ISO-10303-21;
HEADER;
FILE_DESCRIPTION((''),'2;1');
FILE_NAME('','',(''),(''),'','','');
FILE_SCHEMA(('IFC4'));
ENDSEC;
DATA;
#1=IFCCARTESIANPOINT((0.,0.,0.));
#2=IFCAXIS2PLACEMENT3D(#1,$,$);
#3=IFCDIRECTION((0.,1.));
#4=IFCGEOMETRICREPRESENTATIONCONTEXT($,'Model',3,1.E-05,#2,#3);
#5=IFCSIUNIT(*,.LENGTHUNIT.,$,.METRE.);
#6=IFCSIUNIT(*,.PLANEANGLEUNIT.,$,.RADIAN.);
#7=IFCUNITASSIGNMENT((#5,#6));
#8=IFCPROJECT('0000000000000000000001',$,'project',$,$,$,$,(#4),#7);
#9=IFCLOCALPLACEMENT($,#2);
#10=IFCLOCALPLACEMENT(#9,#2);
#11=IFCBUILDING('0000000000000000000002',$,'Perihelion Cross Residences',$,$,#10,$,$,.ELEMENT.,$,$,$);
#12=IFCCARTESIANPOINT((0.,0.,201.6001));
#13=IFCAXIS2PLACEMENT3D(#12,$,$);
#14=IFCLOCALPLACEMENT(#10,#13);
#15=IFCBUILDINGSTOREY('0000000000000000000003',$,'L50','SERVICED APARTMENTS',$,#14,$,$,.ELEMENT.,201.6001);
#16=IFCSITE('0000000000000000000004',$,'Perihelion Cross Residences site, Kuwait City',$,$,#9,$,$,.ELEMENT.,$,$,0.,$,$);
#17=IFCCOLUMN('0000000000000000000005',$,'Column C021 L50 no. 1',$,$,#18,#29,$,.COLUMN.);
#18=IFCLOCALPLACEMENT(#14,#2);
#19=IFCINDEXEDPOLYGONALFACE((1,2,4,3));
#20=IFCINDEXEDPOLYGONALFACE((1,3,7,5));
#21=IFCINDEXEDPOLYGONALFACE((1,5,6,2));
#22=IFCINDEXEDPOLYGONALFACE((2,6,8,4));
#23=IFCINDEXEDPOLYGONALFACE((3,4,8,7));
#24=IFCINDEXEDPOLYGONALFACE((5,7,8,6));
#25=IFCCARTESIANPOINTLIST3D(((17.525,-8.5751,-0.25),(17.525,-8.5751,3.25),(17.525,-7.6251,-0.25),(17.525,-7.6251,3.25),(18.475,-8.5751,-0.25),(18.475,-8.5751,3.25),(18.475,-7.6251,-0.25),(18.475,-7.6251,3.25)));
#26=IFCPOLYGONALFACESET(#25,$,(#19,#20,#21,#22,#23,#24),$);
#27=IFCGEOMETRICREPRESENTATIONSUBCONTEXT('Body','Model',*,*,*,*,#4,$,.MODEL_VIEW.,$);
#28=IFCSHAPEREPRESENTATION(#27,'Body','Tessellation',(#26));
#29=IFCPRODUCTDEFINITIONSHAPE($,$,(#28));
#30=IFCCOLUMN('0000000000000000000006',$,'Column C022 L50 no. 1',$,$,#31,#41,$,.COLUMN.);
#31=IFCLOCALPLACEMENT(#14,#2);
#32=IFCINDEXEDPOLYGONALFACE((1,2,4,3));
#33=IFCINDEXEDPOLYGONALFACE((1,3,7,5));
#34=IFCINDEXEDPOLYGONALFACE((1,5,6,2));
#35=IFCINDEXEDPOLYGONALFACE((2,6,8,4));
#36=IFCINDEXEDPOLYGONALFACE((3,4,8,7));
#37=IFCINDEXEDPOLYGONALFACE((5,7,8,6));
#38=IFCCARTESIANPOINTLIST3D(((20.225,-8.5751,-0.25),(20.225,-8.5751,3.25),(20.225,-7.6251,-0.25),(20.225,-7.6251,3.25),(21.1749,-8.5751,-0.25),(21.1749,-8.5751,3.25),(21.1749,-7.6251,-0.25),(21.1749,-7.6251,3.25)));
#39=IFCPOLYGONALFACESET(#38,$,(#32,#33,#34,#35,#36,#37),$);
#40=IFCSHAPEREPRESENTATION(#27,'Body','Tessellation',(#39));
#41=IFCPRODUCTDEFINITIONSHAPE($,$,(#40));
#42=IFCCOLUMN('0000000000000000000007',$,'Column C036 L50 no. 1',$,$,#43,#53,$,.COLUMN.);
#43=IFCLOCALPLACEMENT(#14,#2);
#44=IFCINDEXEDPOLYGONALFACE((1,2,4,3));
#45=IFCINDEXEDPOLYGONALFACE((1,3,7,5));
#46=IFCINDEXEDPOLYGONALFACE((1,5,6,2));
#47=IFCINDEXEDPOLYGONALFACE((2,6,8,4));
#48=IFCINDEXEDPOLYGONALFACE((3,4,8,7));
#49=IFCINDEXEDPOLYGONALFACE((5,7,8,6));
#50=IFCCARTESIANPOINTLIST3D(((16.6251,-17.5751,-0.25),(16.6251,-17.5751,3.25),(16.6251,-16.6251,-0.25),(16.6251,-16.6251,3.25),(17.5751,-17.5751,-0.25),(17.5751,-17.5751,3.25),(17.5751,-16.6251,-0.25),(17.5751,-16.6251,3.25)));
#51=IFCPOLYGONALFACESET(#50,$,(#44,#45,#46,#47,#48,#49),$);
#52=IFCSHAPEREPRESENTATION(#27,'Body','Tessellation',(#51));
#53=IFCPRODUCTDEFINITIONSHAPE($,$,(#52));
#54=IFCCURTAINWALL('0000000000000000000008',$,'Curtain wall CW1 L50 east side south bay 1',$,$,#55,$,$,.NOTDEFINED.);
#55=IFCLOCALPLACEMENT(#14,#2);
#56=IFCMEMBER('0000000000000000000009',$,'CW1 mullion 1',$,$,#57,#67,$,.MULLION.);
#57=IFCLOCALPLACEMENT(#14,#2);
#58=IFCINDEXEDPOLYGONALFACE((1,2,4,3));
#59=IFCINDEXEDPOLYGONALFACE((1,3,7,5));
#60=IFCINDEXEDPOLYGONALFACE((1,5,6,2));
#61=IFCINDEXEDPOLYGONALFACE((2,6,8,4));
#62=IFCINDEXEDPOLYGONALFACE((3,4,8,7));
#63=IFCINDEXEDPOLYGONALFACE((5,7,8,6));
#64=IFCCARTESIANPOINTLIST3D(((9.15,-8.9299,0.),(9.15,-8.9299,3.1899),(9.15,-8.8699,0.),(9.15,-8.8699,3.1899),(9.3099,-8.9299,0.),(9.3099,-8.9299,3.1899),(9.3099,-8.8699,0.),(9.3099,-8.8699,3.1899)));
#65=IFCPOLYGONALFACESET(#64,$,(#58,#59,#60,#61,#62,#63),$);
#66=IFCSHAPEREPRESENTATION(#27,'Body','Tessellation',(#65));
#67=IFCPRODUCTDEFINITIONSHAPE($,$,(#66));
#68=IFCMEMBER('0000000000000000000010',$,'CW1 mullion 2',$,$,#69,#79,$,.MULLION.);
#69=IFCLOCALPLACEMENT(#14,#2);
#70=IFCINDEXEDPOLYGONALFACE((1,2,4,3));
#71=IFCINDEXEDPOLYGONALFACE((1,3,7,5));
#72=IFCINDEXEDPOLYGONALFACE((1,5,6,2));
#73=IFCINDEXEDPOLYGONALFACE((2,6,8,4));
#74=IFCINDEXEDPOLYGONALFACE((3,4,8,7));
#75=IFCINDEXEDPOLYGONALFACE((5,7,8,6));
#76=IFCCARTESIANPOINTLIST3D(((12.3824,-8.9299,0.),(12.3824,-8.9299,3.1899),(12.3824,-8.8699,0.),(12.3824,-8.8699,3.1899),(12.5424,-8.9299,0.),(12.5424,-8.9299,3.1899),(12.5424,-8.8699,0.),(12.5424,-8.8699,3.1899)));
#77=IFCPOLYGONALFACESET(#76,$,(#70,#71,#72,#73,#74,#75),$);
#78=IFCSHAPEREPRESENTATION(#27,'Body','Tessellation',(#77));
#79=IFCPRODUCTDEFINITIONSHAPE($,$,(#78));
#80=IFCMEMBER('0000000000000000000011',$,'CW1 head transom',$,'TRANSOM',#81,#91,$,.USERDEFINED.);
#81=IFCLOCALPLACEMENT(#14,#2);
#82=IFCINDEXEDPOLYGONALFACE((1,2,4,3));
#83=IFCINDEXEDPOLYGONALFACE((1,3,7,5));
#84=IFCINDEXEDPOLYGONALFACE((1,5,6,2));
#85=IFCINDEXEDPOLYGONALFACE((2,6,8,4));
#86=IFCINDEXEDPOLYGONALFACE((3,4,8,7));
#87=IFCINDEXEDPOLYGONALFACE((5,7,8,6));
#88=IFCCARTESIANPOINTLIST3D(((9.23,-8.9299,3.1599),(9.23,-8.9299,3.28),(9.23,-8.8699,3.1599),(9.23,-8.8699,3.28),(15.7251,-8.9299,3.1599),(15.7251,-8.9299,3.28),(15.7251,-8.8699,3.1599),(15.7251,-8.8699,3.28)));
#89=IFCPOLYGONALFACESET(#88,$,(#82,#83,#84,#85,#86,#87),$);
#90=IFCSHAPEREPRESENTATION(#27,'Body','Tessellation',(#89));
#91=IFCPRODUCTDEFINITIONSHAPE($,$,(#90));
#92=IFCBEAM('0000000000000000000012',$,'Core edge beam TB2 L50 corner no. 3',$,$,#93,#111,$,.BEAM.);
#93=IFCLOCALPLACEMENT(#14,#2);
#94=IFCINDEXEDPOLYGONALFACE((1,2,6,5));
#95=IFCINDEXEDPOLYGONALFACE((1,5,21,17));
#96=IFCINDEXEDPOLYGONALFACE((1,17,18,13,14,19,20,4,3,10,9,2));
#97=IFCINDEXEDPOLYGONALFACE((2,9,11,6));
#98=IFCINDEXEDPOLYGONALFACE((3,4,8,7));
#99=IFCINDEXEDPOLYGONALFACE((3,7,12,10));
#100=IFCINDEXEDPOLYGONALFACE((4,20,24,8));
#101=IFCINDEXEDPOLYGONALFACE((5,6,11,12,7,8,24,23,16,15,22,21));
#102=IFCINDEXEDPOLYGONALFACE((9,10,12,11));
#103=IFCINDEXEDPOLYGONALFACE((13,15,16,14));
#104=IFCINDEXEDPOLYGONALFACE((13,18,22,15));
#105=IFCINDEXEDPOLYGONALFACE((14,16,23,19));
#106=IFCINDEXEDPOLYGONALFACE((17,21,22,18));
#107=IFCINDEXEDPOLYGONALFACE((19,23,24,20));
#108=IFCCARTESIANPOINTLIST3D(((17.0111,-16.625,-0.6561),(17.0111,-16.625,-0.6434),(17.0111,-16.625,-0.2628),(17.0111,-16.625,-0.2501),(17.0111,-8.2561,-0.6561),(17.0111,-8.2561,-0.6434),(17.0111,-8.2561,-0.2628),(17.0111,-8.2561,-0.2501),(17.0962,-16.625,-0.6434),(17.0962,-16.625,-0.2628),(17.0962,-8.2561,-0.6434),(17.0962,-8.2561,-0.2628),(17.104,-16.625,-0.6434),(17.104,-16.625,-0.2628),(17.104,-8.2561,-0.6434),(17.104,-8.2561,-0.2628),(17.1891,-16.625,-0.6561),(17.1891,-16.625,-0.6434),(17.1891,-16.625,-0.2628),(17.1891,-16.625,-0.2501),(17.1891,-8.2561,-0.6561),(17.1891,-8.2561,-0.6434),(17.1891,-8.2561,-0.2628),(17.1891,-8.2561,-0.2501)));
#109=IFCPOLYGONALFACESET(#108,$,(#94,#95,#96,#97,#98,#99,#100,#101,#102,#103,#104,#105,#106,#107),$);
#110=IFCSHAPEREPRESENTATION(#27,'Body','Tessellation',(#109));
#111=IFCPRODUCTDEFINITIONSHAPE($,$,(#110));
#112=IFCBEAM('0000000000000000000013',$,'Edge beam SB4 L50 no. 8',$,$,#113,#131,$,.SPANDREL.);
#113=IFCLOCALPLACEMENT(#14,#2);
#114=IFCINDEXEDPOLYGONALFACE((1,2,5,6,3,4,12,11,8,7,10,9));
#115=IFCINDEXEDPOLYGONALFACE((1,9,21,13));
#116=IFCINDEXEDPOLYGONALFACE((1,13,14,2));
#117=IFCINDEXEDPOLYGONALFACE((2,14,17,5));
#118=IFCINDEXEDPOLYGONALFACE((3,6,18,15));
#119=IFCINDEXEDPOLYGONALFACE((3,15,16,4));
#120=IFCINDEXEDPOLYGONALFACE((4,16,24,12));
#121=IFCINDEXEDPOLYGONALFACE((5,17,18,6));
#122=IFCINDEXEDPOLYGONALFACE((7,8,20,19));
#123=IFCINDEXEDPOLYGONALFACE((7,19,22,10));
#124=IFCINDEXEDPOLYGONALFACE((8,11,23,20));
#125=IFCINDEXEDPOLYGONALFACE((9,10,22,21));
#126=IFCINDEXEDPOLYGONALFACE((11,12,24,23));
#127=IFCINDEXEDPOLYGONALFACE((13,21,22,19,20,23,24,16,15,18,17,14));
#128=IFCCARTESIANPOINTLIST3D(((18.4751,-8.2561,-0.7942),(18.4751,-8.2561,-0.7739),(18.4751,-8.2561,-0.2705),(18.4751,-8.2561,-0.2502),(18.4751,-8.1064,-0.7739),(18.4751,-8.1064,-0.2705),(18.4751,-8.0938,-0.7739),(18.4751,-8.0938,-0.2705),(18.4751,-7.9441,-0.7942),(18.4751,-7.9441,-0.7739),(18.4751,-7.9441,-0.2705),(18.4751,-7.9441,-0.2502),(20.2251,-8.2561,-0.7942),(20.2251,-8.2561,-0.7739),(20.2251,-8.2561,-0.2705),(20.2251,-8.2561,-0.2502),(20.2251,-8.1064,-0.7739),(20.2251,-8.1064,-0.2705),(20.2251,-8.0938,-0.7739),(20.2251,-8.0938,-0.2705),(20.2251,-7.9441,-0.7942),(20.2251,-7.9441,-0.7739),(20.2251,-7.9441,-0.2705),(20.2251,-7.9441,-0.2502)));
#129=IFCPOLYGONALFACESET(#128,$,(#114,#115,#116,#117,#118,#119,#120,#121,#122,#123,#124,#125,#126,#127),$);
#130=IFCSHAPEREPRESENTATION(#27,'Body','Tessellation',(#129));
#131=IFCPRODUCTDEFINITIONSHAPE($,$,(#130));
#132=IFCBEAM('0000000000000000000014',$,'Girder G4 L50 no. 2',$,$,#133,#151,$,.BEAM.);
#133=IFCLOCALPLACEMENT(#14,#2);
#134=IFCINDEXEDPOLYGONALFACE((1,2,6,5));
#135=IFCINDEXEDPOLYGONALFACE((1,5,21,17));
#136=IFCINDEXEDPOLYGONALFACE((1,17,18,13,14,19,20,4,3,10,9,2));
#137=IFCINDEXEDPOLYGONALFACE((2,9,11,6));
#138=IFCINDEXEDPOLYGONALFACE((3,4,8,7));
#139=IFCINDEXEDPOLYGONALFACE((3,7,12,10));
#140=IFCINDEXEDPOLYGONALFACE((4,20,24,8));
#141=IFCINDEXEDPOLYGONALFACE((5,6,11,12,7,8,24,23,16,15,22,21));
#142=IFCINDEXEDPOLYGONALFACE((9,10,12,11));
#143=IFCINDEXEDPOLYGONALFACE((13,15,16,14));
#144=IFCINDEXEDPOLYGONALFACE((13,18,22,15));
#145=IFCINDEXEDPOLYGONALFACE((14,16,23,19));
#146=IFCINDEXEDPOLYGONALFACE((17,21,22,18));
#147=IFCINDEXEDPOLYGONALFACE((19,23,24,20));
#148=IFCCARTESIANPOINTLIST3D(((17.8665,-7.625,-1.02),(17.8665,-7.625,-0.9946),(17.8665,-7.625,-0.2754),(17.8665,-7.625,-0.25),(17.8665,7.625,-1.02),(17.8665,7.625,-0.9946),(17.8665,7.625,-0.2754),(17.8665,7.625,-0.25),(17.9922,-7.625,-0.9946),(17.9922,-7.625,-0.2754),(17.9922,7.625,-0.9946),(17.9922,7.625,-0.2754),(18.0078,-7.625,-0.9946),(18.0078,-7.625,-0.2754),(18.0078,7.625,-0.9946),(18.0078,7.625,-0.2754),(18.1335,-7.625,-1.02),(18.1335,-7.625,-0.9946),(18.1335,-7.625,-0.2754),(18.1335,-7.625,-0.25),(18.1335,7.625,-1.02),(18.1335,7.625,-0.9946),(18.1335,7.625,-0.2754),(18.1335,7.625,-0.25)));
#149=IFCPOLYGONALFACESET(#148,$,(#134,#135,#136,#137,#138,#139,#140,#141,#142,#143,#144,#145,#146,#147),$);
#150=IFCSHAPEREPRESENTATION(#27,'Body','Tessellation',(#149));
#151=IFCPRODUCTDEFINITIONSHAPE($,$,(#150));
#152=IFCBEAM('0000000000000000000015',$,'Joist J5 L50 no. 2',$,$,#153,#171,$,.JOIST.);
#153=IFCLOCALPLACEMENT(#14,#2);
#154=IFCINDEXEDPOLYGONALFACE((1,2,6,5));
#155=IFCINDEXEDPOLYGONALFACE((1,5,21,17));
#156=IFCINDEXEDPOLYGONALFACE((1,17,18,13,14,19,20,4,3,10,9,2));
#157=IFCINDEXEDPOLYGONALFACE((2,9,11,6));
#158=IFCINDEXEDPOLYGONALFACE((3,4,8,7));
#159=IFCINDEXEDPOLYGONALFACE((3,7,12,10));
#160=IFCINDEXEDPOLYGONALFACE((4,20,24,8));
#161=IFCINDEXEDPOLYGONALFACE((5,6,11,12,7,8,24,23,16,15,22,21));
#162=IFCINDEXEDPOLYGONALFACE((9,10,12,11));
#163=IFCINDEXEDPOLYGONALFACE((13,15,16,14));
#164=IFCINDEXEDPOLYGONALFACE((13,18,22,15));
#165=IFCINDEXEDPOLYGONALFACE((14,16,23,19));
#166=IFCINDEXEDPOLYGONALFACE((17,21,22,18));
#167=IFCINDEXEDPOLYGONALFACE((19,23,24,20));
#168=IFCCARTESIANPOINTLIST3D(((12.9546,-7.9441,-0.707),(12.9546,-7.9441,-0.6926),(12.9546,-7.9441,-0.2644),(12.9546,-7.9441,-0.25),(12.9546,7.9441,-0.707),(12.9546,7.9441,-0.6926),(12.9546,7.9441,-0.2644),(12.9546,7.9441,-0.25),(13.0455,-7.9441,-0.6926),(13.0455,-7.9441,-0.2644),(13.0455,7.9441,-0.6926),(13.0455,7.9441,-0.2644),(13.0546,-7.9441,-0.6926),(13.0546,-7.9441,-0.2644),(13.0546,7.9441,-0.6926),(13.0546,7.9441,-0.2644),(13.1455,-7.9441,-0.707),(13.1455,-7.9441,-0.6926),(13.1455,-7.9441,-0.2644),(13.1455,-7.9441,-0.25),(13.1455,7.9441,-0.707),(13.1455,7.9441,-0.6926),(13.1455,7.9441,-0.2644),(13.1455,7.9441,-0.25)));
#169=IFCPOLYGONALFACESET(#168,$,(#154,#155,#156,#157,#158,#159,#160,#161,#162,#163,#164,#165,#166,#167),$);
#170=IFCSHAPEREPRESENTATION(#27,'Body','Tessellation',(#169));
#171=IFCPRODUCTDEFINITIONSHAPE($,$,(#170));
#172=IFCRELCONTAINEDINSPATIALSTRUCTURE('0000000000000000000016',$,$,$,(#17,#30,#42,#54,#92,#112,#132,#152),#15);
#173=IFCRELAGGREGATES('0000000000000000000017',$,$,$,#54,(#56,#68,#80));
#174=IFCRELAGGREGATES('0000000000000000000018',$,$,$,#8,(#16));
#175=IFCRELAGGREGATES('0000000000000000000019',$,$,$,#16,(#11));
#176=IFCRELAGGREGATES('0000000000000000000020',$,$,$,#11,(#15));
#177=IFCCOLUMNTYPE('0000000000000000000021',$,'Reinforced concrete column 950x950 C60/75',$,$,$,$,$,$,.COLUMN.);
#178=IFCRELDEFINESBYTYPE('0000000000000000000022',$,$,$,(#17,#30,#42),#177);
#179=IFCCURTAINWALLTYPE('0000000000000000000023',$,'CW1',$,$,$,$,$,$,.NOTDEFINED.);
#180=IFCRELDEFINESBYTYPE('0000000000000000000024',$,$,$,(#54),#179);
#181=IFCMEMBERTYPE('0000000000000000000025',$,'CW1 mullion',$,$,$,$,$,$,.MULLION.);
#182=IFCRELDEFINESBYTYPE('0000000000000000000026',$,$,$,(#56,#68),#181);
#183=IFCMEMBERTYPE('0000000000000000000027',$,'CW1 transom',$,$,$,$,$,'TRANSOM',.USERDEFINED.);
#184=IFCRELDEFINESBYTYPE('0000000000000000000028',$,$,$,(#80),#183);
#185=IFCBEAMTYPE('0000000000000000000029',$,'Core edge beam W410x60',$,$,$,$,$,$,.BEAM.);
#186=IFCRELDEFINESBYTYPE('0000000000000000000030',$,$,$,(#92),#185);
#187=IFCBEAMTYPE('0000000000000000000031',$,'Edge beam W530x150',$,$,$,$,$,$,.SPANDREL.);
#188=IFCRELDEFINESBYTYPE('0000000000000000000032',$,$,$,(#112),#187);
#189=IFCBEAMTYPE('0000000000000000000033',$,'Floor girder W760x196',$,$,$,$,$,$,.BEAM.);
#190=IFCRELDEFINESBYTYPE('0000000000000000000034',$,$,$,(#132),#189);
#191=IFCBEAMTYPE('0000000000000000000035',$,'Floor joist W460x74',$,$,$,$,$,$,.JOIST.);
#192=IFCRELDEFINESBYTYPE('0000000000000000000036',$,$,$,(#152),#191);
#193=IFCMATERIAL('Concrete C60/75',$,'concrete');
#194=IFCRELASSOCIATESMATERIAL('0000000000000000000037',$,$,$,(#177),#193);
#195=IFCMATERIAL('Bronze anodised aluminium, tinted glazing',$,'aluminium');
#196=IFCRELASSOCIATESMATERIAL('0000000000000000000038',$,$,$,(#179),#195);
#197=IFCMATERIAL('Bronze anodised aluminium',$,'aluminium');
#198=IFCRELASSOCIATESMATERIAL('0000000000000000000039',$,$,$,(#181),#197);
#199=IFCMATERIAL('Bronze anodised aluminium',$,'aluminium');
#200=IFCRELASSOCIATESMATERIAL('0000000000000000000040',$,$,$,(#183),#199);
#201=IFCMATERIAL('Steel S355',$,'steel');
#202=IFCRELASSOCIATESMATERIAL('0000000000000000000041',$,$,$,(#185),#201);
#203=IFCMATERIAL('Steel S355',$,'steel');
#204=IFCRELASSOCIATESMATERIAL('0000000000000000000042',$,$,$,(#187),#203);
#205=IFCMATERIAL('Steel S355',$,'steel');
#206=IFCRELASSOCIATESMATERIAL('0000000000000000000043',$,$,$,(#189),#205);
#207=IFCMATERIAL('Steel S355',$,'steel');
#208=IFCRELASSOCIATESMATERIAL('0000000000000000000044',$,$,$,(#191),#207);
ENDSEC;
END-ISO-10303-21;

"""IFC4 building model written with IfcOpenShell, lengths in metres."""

from ifc_helpers import new_model, si_unit, direction, frame, origin, origin_2d, place, context, subcontext, project, spatial, rectangle, i_section, extrude, material, material_profile, profile_set, type_object, element, aggregate, save


model = new_model("IFC4")

# Units and contexts
model_context = context("Model", 3, precision=1e-05, world=origin(), true_north=direction((0.0, 1.0)))
body_context = subcontext(model_context, "Body", "Model", "MODEL_VIEW")
ifc_project = project(units=[si_unit("LENGTHUNIT", "METRE"), si_unit("PLANEANGLEUNIT", "RADIAN")], contexts=[model_context])

# Site, building, storey
site_placement = place(None, origin())
site = spatial("IfcSite", under=ifc_project, at=site_placement, Name="Perihelion Cross Residences site, Kuwait City", CompositionType="ELEMENT", RefElevation=0.0)
building_placement = place(site_placement, origin())
building = spatial("IfcBuilding", under=site, at=building_placement, Name="Perihelion Cross Residences", CompositionType="ELEMENT")
storey_placement = place(building_placement, frame((0.0, 0.0, 201.6001)))
storey = spatial("IfcBuildingStorey", under=building, at=storey_placement, Name="L50", Description="SERVICED APARTMENTS", CompositionType="ELEMENT", Elevation=201.6001)

# Columns
ifc_material_1 = material(Name="Concrete C60/75", Category="concrete")
ifc_material_profile_1 = material_profile(ifc_material_1, rectangle(XDim=0.95, YDim=0.95, at=origin_2d()), Name="RC 950x950")
ifc_profile_set_1 = profile_set([ifc_material_profile_1], Name="Concrete C60/75")
column_type = type_object("IfcColumnType", Name="Reinforced concrete column 950x950 C60/75", PredefinedType="COLUMN", material=ifc_profile_set_1)
for number, where, z_axis, x_axis, name in (
    (1, (18.0, -8.1001, -0.25), (0.0, 0.0, 1.0), (1.0, 0.0, 0.0), "Column C021 L50 no. 1"),
    (2, (20.7, -8.1001, -0.25), (0.0, 0.0, 1.0), (1.0, 0.0, 0.0), "Column C022 L50 no. 1"),
    (3, (17.1001, -17.1001, -0.25), (0.0, 0.0, 1.0), (1.0, 0.0, 0.0), "Column C036 L50 no. 1"),
):
    element("IfcColumn", number, at=place(storey_placement, frame(where, z_axis=z_axis, x_axis=x_axis)), inside=storey, type_object=column_type, Name=name, PredefinedType="COLUMN", context=body_context, shape_type="SweptSolid", body=[
        extrude(rectangle(XDim=0.95, YDim=0.95, at=origin_2d()), origin(), (0.0, 0.0, 1.0), 3.5),
    ])

# Curtain wall, members
ifc_material_2 = material(Name="Bronze anodised aluminium, tinted glazing", Category="aluminium")
curtain_wall_type = type_object("IfcCurtainWallType", Name="CW1", PredefinedType="NOTDEFINED", material=ifc_material_2)
curtain_wall_placement = place(storey_placement, origin())
curtain_wall = element("IfcCurtainWall", 4, at=curtain_wall_placement, inside=storey, type_object=curtain_wall_type, Name="Curtain wall CW1 L50 east side south bay 1", PredefinedType="NOTDEFINED")
ifc_material_3 = material(Name="Bronze anodised aluminium", Category="aluminium")
ifc_material_profile_2 = material_profile(ifc_material_3, rectangle(XDim=0.0601, YDim=0.1599, at=origin_2d()), Name="CW1 mullion")
ifc_profile_set_2 = profile_set([ifc_material_profile_2], Name="Bronze anodised aluminium")
member_type_1 = type_object("IfcMemberType", Name="CW1 mullion", PredefinedType="MULLION", material=ifc_profile_set_2)
member_1_placement = place(storey_placement, frame((9.23, -8.8999, 0.0), z_axis=(0.0, 0.0, 1.0), x_axis=(0.0, 1.0, 0.0)))
member_1 = element("IfcMember", 5, at=member_1_placement, type_object=member_type_1, Name="CW1 mullion 1", PredefinedType="MULLION", context=body_context, shape_type="SweptSolid", body=[
    extrude(rectangle(XDim=0.0601, YDim=0.1599, at=origin_2d()), origin(), (0.0, 0.0, 1.0), 3.1899),
])
member_2_placement = place(storey_placement, frame((12.4624, -8.8999, 0.0), z_axis=(0.0, 0.0, 1.0), x_axis=(0.0, 1.0, 0.0)))
member_2 = element("IfcMember", 6, at=member_2_placement, type_object=member_type_1, Name="CW1 mullion 2", PredefinedType="MULLION", context=body_context, shape_type="SweptSolid", body=[
    extrude(rectangle(XDim=0.0601, YDim=0.1599, at=origin_2d()), origin(), (0.0, 0.0, 1.0), 3.1899),
])
ifc_material_4 = material(Name="Bronze anodised aluminium", Category="aluminium")
ifc_material_profile_3 = material_profile(ifc_material_4, rectangle(XDim=0.0601, YDim=0.1201, at=origin_2d()), Name="CW1 transom")
ifc_profile_set_3 = profile_set([ifc_material_profile_3], Name="Bronze anodised aluminium")
member_type_2 = type_object("IfcMemberType", Name="CW1 transom", ElementType="TRANSOM", PredefinedType="USERDEFINED", material=ifc_profile_set_3)
member_3_placement = place(storey_placement, frame((9.23, -8.8999, 3.22), z_axis=(1.0, 0.0, 0.0), x_axis=(0.0, 1.0, 0.0)))
member_3 = element("IfcMember", 7, at=member_3_placement, type_object=member_type_2, Name="CW1 head transom", ObjectType="TRANSOM", PredefinedType="USERDEFINED", context=body_context, shape_type="SweptSolid", body=[
    extrude(rectangle(XDim=0.0601, YDim=0.1201, at=origin_2d()), origin(), (0.0, 0.0, 1.0), 6.4951),
])

# Beams
ifc_material_5 = material(Name="Steel S355", Category="steel")
ifc_material_profile_4 = material_profile(ifc_material_5, i_section(OverallWidth=0.178, OverallDepth=0.406, WebThickness=0.0078, FlangeThickness=0.0127, at=origin_2d()), Name="W410x60")
ifc_profile_set_4 = profile_set([ifc_material_profile_4], Name="Steel S355")
beam_type_1 = type_object("IfcBeamType", Name="Core edge beam W410x60", PredefinedType="BEAM", material=ifc_profile_set_4)
beam_1_placement = place(storey_placement, frame((17.1001, -8.2561, -0.4531), z_axis=(0.0, -1.0, 0.0), x_axis=(1.0, 0.0, 0.0)))
element("IfcBeam", 8, at=beam_1_placement, inside=storey, type_object=beam_type_1, Name="Core edge beam TB2 L50 corner no. 3", PredefinedType="BEAM", context=body_context, shape_type="SweptSolid", body=[
    extrude(i_section(OverallWidth=0.178, OverallDepth=0.406, WebThickness=0.0078, FlangeThickness=0.0127, at=origin_2d()), origin(), (0.0, 0.0, 1.0), 8.3689),
])
ifc_material_6 = material(Name="Steel S355", Category="steel")
ifc_material_profile_5 = material_profile(ifc_material_6, i_section(OverallWidth=0.312, OverallDepth=0.5439, WebThickness=0.0127, FlangeThickness=0.0203, at=origin_2d()), Name="W530x150")
ifc_profile_set_5 = profile_set([ifc_material_profile_5], Name="Steel S355")
beam_type_2 = type_object("IfcBeamType", Name="Edge beam W530x150", PredefinedType="SPANDREL", material=ifc_profile_set_5)
beam_2_placement = place(storey_placement, frame((18.4751, -8.1001, -0.5222), z_axis=(1.0, 0.0, 0.0), x_axis=(0.0, 1.0, 0.0)))
element("IfcBeam", 9, at=beam_2_placement, inside=storey, type_object=beam_type_2, Name="Edge beam SB4 L50 no. 8", PredefinedType="SPANDREL", context=body_context, shape_type="SweptSolid", body=[
    extrude(i_section(OverallWidth=0.312, OverallDepth=0.5439, WebThickness=0.0127, FlangeThickness=0.0203, at=origin_2d()), origin(), (0.0, 0.0, 1.0), 1.75),
])
ifc_material_7 = material(Name="Steel S355", Category="steel")
ifc_material_profile_6 = material_profile(ifc_material_7, i_section(OverallWidth=0.2671, OverallDepth=0.77, WebThickness=0.0156, FlangeThickness=0.0254, at=origin_2d()), Name="W760x196")
ifc_profile_set_6 = profile_set([ifc_material_profile_6], Name="Steel S355")
beam_type_3 = type_object("IfcBeamType", Name="Floor girder W760x196", PredefinedType="BEAM", material=ifc_profile_set_6)
beam_3_placement = place(storey_placement, frame((18.0, -7.625, -0.635), z_axis=(0.0, 1.0, 0.0), x_axis=(-1.0, 0.0, 0.0)))
element("IfcBeam", 10, at=beam_3_placement, inside=storey, type_object=beam_type_3, Name="Girder G4 L50 no. 2", PredefinedType="BEAM", context=body_context, shape_type="SweptSolid", body=[
    extrude(i_section(OverallWidth=0.2671, OverallDepth=0.77, WebThickness=0.0156, FlangeThickness=0.0254, at=origin_2d()), origin(), (0.0, 0.0, 1.0), 15.25),
])
ifc_material_8 = material(Name="Steel S355", Category="steel")
ifc_material_profile_7 = material_profile(ifc_material_8, i_section(OverallWidth=0.1909, OverallDepth=0.457, WebThickness=0.009, FlangeThickness=0.0144, at=origin_2d()), Name="W460x74")
ifc_profile_set_7 = profile_set([ifc_material_profile_7], Name="Steel S355")
beam_type_4 = type_object("IfcBeamType", Name="Floor joist W460x74", PredefinedType="JOIST", material=ifc_profile_set_7)
beam_4_placement = place(storey_placement, frame((13.05, -7.9441, -0.4785), z_axis=(0.0, 1.0, 0.0), x_axis=(-1.0, 0.0, 0.0)))
element("IfcBeam", 11, at=beam_4_placement, inside=storey, type_object=beam_type_4, Name="Joist J5 L50 no. 2", PredefinedType="JOIST", context=body_context, shape_type="SweptSolid", body=[
    extrude(i_section(OverallWidth=0.1909, OverallDepth=0.457, WebThickness=0.009, FlangeThickness=0.0144, at=origin_2d()), origin(), (0.0, 0.0, 1.0), 15.8882),
])

aggregate(curtain_wall, [member_1, member_2, member_3])

save(model, "model.ifc")
